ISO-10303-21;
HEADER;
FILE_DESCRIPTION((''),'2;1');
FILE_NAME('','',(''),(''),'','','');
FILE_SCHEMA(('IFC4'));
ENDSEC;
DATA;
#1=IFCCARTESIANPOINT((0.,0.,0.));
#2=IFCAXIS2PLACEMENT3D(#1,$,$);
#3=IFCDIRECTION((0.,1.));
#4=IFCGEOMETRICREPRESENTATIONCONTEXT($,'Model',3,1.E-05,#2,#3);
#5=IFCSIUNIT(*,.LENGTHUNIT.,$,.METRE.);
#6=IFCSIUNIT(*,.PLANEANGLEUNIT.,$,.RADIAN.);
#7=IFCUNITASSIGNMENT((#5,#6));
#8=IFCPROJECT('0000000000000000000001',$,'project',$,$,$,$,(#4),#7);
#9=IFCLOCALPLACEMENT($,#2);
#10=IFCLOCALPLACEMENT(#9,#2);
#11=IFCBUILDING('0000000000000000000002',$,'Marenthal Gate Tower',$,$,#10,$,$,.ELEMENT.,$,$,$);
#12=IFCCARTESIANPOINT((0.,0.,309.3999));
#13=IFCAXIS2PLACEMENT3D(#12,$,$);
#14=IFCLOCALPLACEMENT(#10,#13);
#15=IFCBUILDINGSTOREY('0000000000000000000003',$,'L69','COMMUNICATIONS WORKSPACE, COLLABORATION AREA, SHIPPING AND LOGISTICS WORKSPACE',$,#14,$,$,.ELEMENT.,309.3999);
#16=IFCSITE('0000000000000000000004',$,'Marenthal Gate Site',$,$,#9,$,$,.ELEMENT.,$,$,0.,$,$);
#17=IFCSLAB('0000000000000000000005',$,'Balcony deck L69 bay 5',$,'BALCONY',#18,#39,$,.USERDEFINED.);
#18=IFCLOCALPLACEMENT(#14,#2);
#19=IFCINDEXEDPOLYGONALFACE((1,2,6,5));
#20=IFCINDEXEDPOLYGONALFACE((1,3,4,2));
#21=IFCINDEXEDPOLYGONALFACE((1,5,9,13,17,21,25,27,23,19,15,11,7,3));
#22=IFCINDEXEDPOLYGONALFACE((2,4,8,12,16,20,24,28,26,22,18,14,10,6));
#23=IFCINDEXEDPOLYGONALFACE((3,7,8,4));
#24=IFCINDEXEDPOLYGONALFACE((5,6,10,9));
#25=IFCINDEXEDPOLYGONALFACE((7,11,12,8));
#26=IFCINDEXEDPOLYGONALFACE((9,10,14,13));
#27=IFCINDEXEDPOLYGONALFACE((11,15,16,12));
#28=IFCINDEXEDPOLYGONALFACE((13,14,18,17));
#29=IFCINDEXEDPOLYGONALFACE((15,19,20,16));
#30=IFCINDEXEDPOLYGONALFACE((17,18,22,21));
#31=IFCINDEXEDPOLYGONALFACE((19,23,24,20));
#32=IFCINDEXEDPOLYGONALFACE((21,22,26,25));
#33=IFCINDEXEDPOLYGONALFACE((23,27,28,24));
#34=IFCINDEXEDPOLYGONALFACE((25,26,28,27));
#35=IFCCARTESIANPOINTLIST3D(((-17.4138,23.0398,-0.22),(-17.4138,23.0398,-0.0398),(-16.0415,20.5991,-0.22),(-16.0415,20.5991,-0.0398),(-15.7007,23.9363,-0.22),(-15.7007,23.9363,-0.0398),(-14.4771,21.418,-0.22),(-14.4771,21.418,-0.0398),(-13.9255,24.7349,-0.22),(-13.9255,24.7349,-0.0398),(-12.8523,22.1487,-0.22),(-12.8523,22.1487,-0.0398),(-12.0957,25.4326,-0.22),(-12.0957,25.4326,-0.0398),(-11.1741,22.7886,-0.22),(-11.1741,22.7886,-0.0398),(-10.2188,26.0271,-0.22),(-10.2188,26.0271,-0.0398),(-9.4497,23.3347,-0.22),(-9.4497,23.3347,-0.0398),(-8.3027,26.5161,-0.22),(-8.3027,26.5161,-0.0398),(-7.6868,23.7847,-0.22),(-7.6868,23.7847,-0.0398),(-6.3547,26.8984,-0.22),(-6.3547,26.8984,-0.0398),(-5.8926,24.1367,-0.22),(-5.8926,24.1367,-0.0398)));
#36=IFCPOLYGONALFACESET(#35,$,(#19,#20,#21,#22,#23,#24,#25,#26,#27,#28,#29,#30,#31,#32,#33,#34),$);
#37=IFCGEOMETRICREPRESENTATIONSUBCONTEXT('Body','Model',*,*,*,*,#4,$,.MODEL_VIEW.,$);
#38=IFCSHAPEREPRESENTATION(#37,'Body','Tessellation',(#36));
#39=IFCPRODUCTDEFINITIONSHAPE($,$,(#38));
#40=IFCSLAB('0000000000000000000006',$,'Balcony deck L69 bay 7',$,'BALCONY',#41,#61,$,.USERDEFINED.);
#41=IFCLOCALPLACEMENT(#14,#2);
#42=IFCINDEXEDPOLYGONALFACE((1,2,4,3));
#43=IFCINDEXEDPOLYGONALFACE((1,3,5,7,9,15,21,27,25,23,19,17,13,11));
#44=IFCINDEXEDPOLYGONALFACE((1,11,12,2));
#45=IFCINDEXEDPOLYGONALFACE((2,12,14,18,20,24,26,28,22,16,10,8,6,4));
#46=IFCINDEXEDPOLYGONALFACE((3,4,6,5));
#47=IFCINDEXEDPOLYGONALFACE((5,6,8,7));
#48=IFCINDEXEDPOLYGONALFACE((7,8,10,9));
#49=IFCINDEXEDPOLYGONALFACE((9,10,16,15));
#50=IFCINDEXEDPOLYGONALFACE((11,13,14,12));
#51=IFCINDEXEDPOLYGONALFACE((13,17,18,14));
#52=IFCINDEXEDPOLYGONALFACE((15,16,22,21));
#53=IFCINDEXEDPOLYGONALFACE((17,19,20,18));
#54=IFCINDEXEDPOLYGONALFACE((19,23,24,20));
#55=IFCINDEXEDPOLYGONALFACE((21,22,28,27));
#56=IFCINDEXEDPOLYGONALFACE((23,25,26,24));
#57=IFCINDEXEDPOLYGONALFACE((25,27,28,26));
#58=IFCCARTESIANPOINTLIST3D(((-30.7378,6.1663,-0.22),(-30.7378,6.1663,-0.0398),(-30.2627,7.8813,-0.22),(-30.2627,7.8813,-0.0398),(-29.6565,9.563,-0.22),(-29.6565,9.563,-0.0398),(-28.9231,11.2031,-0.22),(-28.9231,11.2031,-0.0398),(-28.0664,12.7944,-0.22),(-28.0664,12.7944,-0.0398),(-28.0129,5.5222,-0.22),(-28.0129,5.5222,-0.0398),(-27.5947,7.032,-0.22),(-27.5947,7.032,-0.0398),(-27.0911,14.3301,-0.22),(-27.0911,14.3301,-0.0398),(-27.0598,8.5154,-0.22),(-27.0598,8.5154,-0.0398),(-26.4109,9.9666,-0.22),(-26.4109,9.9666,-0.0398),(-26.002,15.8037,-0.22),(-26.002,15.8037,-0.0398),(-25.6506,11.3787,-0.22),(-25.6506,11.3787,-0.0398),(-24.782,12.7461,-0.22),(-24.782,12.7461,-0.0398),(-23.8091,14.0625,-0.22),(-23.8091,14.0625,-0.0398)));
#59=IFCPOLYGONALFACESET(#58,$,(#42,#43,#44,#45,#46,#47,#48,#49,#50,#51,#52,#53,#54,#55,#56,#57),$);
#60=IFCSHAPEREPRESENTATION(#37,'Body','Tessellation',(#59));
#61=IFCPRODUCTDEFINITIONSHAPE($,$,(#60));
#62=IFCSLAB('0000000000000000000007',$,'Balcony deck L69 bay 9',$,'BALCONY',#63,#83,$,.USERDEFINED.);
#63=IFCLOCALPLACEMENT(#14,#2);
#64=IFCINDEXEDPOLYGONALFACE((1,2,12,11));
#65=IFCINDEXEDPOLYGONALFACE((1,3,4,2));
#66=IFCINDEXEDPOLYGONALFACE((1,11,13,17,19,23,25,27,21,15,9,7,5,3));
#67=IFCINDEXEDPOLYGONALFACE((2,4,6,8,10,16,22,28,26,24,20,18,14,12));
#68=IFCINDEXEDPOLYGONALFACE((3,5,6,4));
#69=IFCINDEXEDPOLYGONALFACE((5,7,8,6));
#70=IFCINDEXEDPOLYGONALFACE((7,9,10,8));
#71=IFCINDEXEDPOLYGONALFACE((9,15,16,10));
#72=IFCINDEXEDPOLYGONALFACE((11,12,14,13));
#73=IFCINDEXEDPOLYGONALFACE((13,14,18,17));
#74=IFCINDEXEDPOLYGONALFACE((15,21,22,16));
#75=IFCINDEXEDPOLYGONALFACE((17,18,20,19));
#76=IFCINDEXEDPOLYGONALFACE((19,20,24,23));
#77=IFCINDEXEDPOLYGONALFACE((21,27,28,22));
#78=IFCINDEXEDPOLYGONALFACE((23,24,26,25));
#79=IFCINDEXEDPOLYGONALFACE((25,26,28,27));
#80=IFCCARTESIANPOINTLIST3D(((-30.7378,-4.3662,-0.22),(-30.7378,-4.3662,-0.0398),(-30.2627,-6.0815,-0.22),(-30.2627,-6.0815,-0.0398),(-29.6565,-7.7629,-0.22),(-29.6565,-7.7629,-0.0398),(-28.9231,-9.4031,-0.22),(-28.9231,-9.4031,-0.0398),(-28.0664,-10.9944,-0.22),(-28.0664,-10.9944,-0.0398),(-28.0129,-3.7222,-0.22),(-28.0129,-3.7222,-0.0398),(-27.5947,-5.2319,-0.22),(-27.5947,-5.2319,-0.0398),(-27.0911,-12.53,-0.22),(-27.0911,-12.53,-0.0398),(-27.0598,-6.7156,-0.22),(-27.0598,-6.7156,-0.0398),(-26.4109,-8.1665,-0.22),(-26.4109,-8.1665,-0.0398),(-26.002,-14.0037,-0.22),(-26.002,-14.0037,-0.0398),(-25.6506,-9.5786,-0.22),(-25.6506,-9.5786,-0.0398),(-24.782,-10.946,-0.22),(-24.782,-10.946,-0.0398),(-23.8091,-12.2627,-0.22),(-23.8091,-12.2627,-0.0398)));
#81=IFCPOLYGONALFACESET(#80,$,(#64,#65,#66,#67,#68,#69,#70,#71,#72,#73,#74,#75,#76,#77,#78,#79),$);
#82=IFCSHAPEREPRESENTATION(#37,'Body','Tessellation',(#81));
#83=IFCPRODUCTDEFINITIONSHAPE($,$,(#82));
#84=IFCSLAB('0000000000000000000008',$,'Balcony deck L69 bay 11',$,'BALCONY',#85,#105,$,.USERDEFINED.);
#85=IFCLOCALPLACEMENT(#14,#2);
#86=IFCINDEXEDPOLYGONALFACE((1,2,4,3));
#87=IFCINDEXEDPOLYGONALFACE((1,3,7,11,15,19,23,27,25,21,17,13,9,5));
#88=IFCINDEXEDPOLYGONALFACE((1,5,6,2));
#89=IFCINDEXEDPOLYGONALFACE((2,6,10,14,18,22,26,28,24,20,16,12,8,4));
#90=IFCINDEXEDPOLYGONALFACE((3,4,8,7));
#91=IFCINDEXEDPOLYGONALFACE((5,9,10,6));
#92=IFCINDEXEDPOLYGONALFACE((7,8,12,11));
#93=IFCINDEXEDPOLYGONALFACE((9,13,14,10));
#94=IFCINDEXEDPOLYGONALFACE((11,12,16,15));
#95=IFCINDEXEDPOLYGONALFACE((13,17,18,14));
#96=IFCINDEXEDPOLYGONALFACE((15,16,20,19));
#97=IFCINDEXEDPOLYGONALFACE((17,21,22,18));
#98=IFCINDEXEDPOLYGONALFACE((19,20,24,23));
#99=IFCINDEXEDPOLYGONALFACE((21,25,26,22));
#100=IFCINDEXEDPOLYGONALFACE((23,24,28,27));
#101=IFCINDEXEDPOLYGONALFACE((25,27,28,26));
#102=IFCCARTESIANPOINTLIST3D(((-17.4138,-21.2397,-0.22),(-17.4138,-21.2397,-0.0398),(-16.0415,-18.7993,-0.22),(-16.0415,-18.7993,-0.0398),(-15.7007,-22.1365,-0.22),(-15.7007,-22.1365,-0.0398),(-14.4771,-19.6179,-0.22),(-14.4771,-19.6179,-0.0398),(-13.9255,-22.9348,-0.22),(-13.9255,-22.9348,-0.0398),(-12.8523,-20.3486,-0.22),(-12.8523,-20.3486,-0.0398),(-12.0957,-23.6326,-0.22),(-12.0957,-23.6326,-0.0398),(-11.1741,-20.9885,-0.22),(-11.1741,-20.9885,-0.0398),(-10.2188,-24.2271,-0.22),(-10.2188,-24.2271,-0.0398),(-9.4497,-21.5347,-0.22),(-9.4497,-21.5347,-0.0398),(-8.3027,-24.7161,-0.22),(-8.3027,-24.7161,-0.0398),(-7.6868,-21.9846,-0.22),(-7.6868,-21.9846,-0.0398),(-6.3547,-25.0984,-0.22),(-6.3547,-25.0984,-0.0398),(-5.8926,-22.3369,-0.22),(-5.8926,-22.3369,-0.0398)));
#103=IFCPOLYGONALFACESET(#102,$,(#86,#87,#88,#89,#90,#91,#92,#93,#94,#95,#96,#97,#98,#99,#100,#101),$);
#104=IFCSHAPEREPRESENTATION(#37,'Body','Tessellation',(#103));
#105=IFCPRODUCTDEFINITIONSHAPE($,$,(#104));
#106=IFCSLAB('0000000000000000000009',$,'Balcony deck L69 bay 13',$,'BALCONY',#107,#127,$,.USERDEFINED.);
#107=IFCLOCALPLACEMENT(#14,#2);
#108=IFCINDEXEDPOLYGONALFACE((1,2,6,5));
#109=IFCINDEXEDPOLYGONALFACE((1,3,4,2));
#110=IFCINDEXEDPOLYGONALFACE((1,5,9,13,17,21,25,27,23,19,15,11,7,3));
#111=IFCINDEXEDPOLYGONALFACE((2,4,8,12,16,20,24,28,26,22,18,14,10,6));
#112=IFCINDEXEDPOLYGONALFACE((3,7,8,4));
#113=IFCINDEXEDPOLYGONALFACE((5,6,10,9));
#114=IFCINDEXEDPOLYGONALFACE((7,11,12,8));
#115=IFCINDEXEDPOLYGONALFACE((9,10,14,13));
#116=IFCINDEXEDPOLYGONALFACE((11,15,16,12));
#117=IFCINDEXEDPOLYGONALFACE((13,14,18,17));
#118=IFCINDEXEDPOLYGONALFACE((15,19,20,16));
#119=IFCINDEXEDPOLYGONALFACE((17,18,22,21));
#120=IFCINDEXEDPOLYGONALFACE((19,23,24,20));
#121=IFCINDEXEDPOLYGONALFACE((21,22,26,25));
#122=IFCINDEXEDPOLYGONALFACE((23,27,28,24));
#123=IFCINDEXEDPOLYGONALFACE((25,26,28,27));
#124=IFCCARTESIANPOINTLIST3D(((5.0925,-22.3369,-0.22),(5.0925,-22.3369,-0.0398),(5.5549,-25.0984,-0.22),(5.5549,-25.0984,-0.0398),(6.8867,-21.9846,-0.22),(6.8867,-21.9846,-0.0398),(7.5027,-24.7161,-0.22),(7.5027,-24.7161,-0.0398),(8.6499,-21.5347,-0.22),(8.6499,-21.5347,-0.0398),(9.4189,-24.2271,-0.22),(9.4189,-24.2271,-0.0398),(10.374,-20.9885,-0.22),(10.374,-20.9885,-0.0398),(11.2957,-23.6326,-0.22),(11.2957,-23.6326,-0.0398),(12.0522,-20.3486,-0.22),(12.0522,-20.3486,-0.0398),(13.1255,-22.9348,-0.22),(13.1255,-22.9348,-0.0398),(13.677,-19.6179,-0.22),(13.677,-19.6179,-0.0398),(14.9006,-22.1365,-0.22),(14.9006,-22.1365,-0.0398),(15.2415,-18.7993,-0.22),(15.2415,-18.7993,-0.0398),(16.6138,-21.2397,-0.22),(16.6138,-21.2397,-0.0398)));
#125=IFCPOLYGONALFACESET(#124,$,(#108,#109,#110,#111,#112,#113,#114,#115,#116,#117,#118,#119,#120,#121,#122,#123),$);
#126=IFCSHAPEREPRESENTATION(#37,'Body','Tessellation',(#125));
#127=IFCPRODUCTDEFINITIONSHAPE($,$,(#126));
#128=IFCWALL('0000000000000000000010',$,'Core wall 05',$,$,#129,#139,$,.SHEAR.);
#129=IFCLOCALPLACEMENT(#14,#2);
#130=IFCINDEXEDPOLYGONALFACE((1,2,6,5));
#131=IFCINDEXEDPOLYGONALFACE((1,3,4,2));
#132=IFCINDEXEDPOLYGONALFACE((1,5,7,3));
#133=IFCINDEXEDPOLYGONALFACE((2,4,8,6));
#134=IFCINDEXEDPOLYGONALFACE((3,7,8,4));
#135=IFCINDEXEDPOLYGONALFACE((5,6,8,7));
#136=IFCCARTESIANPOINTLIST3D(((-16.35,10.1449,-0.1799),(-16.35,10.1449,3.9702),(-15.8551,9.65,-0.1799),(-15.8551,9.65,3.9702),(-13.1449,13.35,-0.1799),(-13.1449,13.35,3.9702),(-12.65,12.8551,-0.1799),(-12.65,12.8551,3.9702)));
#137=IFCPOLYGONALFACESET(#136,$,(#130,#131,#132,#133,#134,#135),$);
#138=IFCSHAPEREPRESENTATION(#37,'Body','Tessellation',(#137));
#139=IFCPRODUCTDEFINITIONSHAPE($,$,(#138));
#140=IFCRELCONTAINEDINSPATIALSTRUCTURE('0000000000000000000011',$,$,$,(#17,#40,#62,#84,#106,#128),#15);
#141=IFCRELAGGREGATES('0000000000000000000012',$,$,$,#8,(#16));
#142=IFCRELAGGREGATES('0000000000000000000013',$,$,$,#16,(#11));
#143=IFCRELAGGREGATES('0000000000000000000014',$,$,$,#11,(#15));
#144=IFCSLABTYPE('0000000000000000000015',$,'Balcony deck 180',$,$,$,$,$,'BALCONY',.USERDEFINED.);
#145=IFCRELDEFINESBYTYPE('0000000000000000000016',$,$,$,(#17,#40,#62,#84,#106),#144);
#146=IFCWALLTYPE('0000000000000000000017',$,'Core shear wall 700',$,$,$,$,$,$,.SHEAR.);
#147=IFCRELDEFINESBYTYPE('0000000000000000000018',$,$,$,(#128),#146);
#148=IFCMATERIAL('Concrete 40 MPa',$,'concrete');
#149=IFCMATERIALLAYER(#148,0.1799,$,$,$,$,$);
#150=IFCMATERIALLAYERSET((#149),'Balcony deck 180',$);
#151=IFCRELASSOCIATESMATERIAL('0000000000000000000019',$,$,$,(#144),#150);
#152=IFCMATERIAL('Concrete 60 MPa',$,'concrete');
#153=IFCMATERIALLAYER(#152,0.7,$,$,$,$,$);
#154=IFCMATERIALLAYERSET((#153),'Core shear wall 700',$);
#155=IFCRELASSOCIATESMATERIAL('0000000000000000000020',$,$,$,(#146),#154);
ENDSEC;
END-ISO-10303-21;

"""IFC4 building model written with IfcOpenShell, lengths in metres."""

from ifc_helpers import new_model, si_unit, direction, frame, frame_2d, origin, place, context, subcontext, project, spatial, polyline, rectangle, outline, extrude, material, layer, layer_set, type_object, element, save


model = new_model("IFC4")

# Units and contexts
model_context = context("Model", 3, precision=1e-05, world=origin(), true_north=direction((0.0, 1.0)))
body_context = subcontext(model_context, "Body", "Model", "MODEL_VIEW")
ifc_project = project(units=[si_unit("LENGTHUNIT", "METRE"), si_unit("PLANEANGLEUNIT", "RADIAN")], contexts=[model_context])

# Site, building, storey
site_placement = place(None, origin())
site = spatial("IfcSite", under=ifc_project, at=site_placement, Name="Marenthal Gate Site", CompositionType="ELEMENT", RefElevation=0.0)
building_placement = place(site_placement, origin())
building = spatial("IfcBuilding", under=site, at=building_placement, Name="Marenthal Gate Tower", CompositionType="ELEMENT")
storey_placement = place(building_placement, frame((0.0, 0.0, 309.3999)))
storey = spatial("IfcBuildingStorey", under=building, at=storey_placement, Name="L69", Description="COMMUNICATIONS WORKSPACE, COLLABORATION AREA, SHIPPING AND LOGISTICS WORKSPACE", CompositionType="ELEMENT", Elevation=309.3999)

# Slabs
ifc_material_1 = material(Name="Concrete 40 MPa", Category="concrete")
ifc_layer_1 = layer(ifc_material_1, 0.1799)
ifc_layer_set_1 = layer_set([ifc_layer_1], Name="Balcony deck 180")
slab_type = type_object("IfcSlabType", Name="Balcony deck 180", ElementType="BALCONY", PredefinedType="USERDEFINED", material=ifc_layer_set_1)
slab_1_placement = place(storey_placement, frame((0.0, 0.0, -0.22)))
element("IfcSlab", 1, at=slab_1_placement, inside=storey, type_object=slab_type, Name="Balcony deck L69 bay 5", ObjectType="BALCONY", PredefinedType="USERDEFINED", context=body_context, shape_type="SweptSolid", body=[
    extrude(outline(polyline([(-5.8926, 24.1367), (-7.6868, 23.7847), (-9.4497, 23.3347), (-11.1741, 22.7886), (-12.8523, 22.1487), (-14.4771, 21.418), (-16.0415, 20.5991), (-17.4138, 23.0398), (-15.7007, 23.9363), (-13.9255, 24.7349), (-12.0957, 25.4326), (-10.2188, 26.0271), (-8.3027, 26.5161), (-6.3547, 26.8984), (-5.8926, 24.1367)])), origin(), (0.0, 0.0, 1.0), 0.1802),
])
slab_2_placement = place(storey_placement, frame((0.0, 0.0, -0.22)))
element("IfcSlab", 2, at=slab_2_placement, inside=storey, type_object=slab_type, Name="Balcony deck L69 bay 7", ObjectType="BALCONY", PredefinedType="USERDEFINED", context=body_context, shape_type="SweptSolid", body=[
    extrude(outline(polyline([(-23.8091, 14.0625), (-24.782, 12.7461), (-25.6506, 11.3787), (-26.4109, 9.9666), (-27.0598, 8.5154), (-27.5947, 7.032), (-28.0129, 5.5222), (-30.7378, 6.1663), (-30.2627, 7.8813), (-29.6565, 9.563), (-28.9231, 11.2031), (-28.0664, 12.7944), (-27.0911, 14.3301), (-26.002, 15.8037), (-23.8091, 14.0625)])), origin(), (0.0, 0.0, 1.0), 0.1802),
])
slab_3_placement = place(storey_placement, frame((0.0, 0.0, -0.22)))
element("IfcSlab", 3, at=slab_3_placement, inside=storey, type_object=slab_type, Name="Balcony deck L69 bay 9", ObjectType="BALCONY", PredefinedType="USERDEFINED", context=body_context, shape_type="SweptSolid", body=[
    extrude(outline(polyline([(-28.0129, -3.7222), (-27.5947, -5.2319), (-27.0598, -6.7156), (-26.4109, -8.1665), (-25.6506, -9.5786), (-24.782, -10.946), (-23.8091, -12.2627), (-26.002, -14.0037), (-27.0911, -12.53), (-28.0664, -10.9944), (-28.9231, -9.4031), (-29.6565, -7.7629), (-30.2627, -6.0815), (-30.7378, -4.3662), (-28.0129, -3.7222)])), origin(), (0.0, 0.0, 1.0), 0.1802),
])
slab_4_placement = place(storey_placement, frame((0.0, 0.0, -0.22)))
element("IfcSlab", 4, at=slab_4_placement, inside=storey, type_object=slab_type, Name="Balcony deck L69 bay 11", ObjectType="BALCONY", PredefinedType="USERDEFINED", context=body_context, shape_type="SweptSolid", body=[
    extrude(outline(polyline([(-16.0415, -18.7993), (-14.4771, -19.6179), (-12.8523, -20.3486), (-11.1741, -20.9885), (-9.4497, -21.5347), (-7.6868, -21.9846), (-5.8926, -22.3369), (-6.3547, -25.0984), (-8.3027, -24.7161), (-10.2188, -24.2271), (-12.0957, -23.6326), (-13.9255, -22.9348), (-15.7007, -22.1365), (-17.4138, -21.2397), (-16.0415, -18.7993)])), origin(), (0.0, 0.0, 1.0), 0.1802),
])
slab_5_placement = place(storey_placement, frame((0.0, 0.0, -0.22)))
element("IfcSlab", 5, at=slab_5_placement, inside=storey, type_object=slab_type, Name="Balcony deck L69 bay 13", ObjectType="BALCONY", PredefinedType="USERDEFINED", context=body_context, shape_type="SweptSolid", body=[
    extrude(outline(polyline([(5.0925, -22.3369), (6.8867, -21.9846), (8.6499, -21.5347), (10.374, -20.9885), (12.0522, -20.3486), (13.677, -19.6179), (15.2415, -18.7993), (16.6138, -21.2397), (14.9006, -22.1365), (13.1255, -22.9348), (11.2957, -23.6326), (9.4189, -24.2271), (7.5027, -24.7161), (5.5549, -25.0984), (5.0925, -22.3369)])), origin(), (0.0, 0.0, 1.0), 0.1802),
])

# Wall
ifc_material_2 = material(Name="Concrete 60 MPa", Category="concrete")
ifc_layer_2 = layer(ifc_material_2, 0.7)
ifc_layer_set_2 = layer_set([ifc_layer_2], Name="Core shear wall 700")
wall_type_1 = type_object("IfcWallType", Name="Core shear wall 700", PredefinedType="SHEAR", material=ifc_layer_set_2)
wall_1_placement = place(storey_placement, frame((-12.8975, 13.1025, -0.1799), z_axis=(0.0, 0.0, 1.0), x_axis=(-0.707107, -0.707107, 0.0)))
element("IfcWall", 6, at=wall_1_placement, inside=storey, type_object=wall_type_1, Name="Core wall 05", PredefinedType="SHEAR", context=body_context, shape_type="SweptSolid", body=[
    extrude(rectangle(XDim=4.5327, YDim=0.7, at=frame_2d((2.2664, 0.0))), origin(), (0.0, 0.0, 1.0), 4.1501),
])

save(model, "model.ifc")
